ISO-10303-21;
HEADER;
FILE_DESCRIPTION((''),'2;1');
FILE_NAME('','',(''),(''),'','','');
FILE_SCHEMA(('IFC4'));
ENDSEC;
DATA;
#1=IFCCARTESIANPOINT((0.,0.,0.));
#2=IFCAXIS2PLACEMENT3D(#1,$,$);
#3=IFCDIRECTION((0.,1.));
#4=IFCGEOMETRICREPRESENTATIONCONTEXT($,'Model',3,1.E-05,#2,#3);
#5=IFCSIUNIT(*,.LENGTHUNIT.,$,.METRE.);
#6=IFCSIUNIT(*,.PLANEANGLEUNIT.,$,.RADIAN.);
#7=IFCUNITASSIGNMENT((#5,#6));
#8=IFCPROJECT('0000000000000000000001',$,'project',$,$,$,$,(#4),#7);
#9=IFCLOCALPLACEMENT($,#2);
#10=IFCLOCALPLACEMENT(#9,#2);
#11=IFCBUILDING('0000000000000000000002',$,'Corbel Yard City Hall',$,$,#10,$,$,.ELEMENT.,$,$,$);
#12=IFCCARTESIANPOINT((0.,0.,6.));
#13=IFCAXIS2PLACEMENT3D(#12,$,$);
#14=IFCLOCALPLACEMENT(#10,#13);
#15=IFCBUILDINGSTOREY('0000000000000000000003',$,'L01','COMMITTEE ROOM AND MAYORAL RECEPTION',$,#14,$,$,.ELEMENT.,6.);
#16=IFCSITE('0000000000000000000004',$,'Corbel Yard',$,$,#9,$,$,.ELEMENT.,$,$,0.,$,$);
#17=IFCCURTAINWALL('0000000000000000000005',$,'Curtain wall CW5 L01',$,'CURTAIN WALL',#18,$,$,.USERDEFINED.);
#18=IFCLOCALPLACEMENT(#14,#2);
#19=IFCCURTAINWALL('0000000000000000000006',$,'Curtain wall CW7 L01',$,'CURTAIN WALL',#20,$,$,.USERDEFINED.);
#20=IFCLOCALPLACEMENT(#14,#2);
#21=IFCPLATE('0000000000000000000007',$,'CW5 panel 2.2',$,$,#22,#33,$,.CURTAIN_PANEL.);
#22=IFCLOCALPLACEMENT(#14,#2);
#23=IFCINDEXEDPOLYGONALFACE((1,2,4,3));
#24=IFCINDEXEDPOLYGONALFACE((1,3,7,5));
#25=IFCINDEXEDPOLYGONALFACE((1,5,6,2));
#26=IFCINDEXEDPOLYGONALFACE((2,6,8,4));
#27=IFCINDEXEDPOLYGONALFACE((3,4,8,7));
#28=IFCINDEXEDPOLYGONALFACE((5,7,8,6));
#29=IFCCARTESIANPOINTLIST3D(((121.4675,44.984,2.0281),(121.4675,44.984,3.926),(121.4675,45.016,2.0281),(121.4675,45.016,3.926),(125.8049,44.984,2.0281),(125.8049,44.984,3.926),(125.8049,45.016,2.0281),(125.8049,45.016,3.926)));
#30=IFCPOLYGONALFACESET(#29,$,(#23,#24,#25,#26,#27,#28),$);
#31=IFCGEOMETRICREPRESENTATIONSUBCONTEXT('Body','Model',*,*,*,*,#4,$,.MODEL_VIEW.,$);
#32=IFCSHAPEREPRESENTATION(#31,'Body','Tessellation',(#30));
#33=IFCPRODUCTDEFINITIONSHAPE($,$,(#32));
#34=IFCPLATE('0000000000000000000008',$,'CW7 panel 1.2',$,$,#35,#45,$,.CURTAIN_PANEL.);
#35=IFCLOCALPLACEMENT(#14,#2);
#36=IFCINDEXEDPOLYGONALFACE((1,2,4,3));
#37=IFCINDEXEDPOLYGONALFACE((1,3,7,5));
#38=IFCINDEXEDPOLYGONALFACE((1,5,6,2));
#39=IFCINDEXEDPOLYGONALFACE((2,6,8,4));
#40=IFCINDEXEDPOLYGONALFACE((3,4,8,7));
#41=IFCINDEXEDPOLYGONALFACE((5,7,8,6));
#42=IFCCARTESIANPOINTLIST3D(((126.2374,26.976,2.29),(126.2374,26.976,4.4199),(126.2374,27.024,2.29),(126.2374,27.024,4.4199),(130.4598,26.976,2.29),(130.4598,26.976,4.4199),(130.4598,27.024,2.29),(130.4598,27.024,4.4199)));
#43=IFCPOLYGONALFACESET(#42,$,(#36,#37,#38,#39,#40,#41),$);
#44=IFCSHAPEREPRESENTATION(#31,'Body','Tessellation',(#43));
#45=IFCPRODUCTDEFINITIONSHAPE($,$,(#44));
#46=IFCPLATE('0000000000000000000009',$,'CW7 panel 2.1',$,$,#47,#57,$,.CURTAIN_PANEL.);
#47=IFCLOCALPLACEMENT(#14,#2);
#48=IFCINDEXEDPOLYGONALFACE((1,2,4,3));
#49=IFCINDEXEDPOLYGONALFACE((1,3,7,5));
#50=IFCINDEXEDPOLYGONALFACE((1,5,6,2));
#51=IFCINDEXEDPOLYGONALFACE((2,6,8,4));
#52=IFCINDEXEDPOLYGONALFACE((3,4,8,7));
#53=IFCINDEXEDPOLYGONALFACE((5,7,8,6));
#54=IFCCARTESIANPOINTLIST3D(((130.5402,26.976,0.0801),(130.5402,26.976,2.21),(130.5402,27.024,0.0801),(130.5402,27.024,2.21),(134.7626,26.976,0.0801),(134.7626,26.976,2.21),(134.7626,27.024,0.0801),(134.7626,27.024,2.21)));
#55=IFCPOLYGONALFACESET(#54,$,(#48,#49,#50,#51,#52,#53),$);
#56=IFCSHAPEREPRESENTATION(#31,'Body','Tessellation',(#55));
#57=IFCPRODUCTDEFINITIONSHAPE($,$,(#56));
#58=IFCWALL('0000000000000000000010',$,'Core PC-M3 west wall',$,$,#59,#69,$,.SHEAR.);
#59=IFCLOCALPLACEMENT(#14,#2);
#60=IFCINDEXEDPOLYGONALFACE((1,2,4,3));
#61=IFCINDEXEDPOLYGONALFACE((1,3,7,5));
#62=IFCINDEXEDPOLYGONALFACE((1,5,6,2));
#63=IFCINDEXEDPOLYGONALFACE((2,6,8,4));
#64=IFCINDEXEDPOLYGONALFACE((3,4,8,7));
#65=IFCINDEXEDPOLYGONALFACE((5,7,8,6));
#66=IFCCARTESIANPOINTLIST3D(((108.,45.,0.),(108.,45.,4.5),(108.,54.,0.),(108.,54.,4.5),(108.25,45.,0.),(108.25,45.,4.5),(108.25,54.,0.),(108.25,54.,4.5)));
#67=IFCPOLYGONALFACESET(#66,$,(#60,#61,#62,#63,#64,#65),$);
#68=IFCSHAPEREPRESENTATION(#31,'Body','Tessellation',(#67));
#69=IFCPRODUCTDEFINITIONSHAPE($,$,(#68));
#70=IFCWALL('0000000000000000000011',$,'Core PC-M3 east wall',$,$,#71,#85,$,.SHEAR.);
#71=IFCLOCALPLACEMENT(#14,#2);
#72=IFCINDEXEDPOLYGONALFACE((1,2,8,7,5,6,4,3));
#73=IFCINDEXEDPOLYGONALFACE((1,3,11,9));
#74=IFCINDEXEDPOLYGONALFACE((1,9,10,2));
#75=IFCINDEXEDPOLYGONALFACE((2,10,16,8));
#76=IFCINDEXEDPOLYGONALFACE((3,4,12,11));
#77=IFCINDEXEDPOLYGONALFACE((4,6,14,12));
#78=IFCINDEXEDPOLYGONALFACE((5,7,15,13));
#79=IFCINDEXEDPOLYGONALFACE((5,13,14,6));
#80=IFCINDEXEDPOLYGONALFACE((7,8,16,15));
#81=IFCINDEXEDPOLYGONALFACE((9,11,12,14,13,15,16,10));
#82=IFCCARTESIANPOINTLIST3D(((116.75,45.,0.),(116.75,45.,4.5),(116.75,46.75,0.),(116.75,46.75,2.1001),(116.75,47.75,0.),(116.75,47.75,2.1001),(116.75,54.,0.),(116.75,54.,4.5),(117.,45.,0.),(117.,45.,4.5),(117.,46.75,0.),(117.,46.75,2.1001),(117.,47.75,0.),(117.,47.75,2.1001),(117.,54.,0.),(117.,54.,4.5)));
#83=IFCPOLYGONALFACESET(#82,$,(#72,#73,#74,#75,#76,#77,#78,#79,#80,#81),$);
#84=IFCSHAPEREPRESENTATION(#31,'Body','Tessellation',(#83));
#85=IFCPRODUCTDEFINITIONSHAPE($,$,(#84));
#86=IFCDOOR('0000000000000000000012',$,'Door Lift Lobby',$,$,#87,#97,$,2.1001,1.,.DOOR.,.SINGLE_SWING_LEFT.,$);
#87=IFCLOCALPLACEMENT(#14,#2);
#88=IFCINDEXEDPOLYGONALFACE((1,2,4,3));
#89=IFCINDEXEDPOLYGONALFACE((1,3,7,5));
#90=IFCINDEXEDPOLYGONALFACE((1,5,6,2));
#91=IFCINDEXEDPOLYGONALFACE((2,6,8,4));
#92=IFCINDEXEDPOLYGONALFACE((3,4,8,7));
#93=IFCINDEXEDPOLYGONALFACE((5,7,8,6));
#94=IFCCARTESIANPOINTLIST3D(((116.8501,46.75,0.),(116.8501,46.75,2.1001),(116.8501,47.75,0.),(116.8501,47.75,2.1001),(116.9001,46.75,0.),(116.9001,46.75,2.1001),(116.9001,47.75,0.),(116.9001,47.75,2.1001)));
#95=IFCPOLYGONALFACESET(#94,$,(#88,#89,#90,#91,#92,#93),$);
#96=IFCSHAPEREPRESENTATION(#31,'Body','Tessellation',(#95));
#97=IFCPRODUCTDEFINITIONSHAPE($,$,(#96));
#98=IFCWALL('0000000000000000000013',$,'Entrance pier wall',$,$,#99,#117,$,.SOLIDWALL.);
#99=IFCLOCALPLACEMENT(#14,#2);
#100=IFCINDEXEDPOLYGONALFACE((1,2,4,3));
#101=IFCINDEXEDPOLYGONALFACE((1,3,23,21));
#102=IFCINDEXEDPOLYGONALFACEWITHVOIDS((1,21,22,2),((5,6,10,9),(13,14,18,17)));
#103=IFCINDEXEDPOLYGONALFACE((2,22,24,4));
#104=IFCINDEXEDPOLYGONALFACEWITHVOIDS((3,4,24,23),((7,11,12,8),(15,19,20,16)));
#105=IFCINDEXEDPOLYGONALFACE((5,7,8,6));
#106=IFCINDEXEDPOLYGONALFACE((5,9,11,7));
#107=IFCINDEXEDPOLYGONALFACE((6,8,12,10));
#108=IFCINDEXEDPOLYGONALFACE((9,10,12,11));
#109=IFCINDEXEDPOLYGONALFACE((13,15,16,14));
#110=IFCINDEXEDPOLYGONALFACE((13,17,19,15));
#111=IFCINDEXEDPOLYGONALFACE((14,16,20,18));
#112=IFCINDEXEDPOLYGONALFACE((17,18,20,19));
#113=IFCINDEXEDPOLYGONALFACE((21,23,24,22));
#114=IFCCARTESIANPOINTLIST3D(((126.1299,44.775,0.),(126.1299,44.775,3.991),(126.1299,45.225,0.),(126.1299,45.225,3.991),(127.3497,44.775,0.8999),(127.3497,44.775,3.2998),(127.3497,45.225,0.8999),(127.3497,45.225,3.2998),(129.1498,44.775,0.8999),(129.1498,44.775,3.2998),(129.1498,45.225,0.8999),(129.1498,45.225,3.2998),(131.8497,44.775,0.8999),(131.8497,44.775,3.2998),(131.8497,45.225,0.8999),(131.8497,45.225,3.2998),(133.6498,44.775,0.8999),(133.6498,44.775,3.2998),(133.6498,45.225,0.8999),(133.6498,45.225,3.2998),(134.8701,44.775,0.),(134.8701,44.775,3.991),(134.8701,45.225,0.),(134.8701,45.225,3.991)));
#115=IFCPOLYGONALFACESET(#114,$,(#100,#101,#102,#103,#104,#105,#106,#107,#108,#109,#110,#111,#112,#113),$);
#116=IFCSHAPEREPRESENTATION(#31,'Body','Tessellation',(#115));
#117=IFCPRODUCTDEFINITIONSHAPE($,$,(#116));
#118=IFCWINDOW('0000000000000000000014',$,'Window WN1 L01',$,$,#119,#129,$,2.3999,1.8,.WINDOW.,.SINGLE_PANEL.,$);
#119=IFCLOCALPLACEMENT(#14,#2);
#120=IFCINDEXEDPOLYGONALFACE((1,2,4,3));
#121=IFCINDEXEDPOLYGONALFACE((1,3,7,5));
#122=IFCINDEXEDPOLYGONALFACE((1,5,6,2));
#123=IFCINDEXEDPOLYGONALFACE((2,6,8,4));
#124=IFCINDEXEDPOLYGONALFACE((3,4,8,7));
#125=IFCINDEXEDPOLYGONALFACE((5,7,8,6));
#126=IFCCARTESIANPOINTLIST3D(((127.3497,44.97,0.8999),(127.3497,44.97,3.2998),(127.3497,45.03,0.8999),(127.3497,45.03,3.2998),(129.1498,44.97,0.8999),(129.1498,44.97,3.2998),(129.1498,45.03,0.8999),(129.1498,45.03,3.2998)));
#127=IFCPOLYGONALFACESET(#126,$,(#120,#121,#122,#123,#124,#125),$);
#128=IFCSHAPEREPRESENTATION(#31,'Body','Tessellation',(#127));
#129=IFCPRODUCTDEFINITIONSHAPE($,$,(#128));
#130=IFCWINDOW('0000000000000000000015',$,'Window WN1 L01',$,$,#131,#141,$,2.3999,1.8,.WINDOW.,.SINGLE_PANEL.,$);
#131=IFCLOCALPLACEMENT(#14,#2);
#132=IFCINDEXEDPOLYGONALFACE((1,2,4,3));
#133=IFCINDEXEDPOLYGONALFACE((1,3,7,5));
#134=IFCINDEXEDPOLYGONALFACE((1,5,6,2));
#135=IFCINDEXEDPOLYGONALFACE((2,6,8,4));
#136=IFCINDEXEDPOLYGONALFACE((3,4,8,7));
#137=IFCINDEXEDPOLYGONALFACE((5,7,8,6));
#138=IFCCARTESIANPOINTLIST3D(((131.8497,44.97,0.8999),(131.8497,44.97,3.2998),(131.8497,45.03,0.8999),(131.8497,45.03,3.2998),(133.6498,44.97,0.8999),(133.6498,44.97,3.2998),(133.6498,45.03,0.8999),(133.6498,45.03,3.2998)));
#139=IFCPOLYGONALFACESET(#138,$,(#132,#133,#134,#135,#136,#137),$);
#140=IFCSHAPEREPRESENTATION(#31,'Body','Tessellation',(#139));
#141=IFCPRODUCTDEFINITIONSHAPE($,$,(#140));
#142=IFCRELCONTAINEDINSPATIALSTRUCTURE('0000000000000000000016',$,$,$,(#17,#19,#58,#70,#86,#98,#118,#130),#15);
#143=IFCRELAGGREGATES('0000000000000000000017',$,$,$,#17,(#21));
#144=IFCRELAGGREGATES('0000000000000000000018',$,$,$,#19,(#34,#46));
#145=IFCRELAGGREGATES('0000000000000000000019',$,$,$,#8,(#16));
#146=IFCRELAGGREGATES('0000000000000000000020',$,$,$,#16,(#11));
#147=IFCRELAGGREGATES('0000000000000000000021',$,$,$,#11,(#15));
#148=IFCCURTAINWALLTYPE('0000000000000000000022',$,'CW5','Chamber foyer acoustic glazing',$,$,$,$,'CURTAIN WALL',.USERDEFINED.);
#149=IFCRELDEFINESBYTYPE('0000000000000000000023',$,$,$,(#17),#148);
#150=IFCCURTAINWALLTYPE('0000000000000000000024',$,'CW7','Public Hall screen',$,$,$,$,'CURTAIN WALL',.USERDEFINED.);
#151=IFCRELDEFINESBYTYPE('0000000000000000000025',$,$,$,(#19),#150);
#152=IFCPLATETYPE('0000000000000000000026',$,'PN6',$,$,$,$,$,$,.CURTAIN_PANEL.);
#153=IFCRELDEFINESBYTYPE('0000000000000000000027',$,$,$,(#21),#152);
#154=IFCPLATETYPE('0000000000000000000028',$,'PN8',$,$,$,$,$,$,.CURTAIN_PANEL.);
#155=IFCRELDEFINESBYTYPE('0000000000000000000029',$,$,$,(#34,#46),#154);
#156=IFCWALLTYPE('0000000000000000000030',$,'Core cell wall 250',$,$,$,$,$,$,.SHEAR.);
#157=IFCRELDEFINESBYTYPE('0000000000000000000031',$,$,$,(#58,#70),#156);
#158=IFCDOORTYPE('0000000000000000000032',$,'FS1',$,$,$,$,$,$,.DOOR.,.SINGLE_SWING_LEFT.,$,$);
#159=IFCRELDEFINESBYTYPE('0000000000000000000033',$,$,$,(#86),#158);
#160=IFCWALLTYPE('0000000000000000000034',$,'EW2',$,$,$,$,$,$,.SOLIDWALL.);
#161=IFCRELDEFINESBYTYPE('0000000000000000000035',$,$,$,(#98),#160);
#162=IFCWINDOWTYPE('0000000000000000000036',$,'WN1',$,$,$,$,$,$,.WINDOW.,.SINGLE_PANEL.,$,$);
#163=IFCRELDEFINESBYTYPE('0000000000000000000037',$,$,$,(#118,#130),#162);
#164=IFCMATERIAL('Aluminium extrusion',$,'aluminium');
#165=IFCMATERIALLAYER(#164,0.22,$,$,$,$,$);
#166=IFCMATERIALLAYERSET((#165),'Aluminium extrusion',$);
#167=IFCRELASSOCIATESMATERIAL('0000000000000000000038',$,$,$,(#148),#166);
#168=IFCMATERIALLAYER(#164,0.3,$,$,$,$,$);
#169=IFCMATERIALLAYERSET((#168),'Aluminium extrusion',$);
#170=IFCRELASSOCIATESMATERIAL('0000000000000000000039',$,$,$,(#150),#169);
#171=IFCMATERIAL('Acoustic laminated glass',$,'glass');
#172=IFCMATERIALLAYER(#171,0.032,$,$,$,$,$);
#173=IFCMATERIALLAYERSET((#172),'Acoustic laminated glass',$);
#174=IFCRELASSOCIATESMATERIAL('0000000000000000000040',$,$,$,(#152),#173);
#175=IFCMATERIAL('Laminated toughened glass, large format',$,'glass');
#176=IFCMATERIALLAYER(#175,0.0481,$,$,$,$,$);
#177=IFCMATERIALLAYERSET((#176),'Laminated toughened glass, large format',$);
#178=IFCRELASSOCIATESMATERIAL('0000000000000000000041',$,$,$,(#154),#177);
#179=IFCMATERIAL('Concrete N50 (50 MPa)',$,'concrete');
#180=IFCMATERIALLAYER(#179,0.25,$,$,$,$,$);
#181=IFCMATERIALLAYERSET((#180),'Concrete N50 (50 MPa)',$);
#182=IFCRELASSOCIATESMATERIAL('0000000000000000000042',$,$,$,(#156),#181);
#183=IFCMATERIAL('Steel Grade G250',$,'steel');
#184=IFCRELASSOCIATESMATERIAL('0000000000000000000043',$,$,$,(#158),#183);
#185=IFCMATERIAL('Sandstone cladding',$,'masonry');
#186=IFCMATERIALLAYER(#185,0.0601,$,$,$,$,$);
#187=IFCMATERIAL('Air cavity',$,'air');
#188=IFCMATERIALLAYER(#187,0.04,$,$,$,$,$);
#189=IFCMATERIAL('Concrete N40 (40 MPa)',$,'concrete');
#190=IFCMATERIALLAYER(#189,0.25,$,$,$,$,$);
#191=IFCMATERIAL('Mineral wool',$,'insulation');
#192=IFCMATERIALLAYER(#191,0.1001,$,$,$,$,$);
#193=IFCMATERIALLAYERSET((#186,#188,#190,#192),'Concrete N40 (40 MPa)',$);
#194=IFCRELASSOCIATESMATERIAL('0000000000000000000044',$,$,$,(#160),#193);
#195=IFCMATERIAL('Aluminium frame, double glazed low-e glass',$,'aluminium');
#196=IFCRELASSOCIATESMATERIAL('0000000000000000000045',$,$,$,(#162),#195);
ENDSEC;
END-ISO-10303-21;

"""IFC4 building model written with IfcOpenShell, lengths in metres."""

from ifc_helpers import new_model, si_unit, direction, frame, frame_2d, origin, origin_2d, place, context, subcontext, project, spatial, rectangle, extrude, material, layer, layer_set, type_object, element, fill, aggregate, save


model = new_model("IFC4")

# Units and contexts
model_context = context("Model", 3, precision=1e-05, world=origin(), true_north=direction((0.0, 1.0)))
body_context = subcontext(model_context, "Body", "Model", "MODEL_VIEW")
ifc_project = project(units=[si_unit("LENGTHUNIT", "METRE"), si_unit("PLANEANGLEUNIT", "RADIAN")], contexts=[model_context])

# Site, building, storey
site_placement = place(None, origin())
site = spatial("IfcSite", under=ifc_project, at=site_placement, Name="Corbel Yard", CompositionType="ELEMENT", RefElevation=0.0)
building_placement = place(site_placement, origin())
building = spatial("IfcBuilding", under=site, at=building_placement, Name="Corbel Yard City Hall", CompositionType="ELEMENT")
storey_placement = place(building_placement, frame((0.0, 0.0, 6.0)))
storey = spatial("IfcBuildingStorey", under=building, at=storey_placement, Name="L01", Description="COMMITTEE ROOM AND MAYORAL RECEPTION", CompositionType="ELEMENT", Elevation=6.0)

# Shared definitions
ifc_material_1 = material(Name="Aluminium extrusion", Category="aluminium")

# Curtain wall
ifc_layer_1 = layer(ifc_material_1, 0.22)
ifc_layer_set_1 = layer_set([ifc_layer_1], Name="Aluminium extrusion")
curtain_wall_type_1 = type_object("IfcCurtainWallType", Name="CW5", Description="Chamber foyer acoustic glazing", ElementType="CURTAIN WALL", PredefinedType="USERDEFINED", material=ifc_layer_set_1)
curtain_wall_1_placement = place(storey_placement, origin())
curtain_wall_1 = element("IfcCurtainWall", 1, at=curtain_wall_1_placement, inside=storey, type_object=curtain_wall_type_1, Name="Curtain wall CW5 L01", ObjectType="CURTAIN WALL", PredefinedType="USERDEFINED")

# Curtain wall
ifc_layer_2 = layer(ifc_material_1, 0.3)
ifc_layer_set_2 = layer_set([ifc_layer_2], Name="Aluminium extrusion")
curtain_wall_type_2 = type_object("IfcCurtainWallType", Name="CW7", Description="Public Hall screen", ElementType="CURTAIN WALL", PredefinedType="USERDEFINED", material=ifc_layer_set_2)
curtain_wall_2_placement = place(storey_placement, origin())
curtain_wall_2 = element("IfcCurtainWall", 2, at=curtain_wall_2_placement, inside=storey, type_object=curtain_wall_type_2, Name="Curtain wall CW7 L01", ObjectType="CURTAIN WALL", PredefinedType="USERDEFINED")

# Plates
ifc_material_2 = material(Name="Acoustic laminated glass", Category="glass")
ifc_layer_3 = layer(ifc_material_2, 0.032)
ifc_layer_set_3 = layer_set([ifc_layer_3], Name="Acoustic laminated glass")
plate_type_1 = type_object("IfcPlateType", Name="PN6", PredefinedType="CURTAIN_PANEL", material=ifc_layer_set_3)
plate_1_placement = place(storey_placement, frame((123.6362, 45.0, 2.0281), z_axis=(0.0, 0.0, 1.0), x_axis=(1.0, 0.0, 0.0)))
plate_1 = element("IfcPlate", 3, at=plate_1_placement, type_object=plate_type_1, Name="CW5 panel 2.2", PredefinedType="CURTAIN_PANEL", context=body_context, shape_type="SweptSolid", body=[
    extrude(rectangle(XDim=4.3374, YDim=0.032, at=origin_2d()), origin(), (0.0, 0.0, 1.0), 1.8979),
])
aggregate(curtain_wall_1, [plate_1])
ifc_material_3 = material(Name="Laminated toughened glass, large format", Category="glass")
ifc_layer_4 = layer(ifc_material_3, 0.0481)
ifc_layer_set_4 = layer_set([ifc_layer_4], Name="Laminated toughened glass, large format")
plate_type_2 = type_object("IfcPlateType", Name="PN8", PredefinedType="CURTAIN_PANEL", material=ifc_layer_set_4)
plate_2_placement = place(storey_placement, frame((128.3486, 27.0, 2.29), z_axis=(0.0, 0.0, 1.0), x_axis=(1.0, 0.0, 0.0)))
plate_2 = element("IfcPlate", 4, at=plate_2_placement, type_object=plate_type_2, Name="CW7 panel 1.2", PredefinedType="CURTAIN_PANEL", context=body_context, shape_type="SweptSolid", body=[
    extrude(rectangle(XDim=4.2224, YDim=0.0481, at=origin_2d()), origin(), (0.0, 0.0, 1.0), 2.1299),
])
plate_3_placement = place(storey_placement, frame((132.6514, 27.0, 0.0801), z_axis=(0.0, 0.0, 1.0), x_axis=(1.0, 0.0, 0.0)))
plate_3 = element("IfcPlate", 5, at=plate_3_placement, type_object=plate_type_2, Name="CW7 panel 2.1", PredefinedType="CURTAIN_PANEL", context=body_context, shape_type="SweptSolid", body=[
    extrude(rectangle(XDim=4.2224, YDim=0.0481, at=origin_2d()), origin(), (0.0, 0.0, 1.0), 2.1299),
])
aggregate(curtain_wall_2, [plate_2, plate_3])

# Wall
ifc_material_4 = material(Name="Concrete N50 (50 MPa)", Category="concrete")
ifc_layer_5 = layer(ifc_material_4, 0.25)
ifc_layer_set_5 = layer_set([ifc_layer_5], Name="Concrete N50 (50 MPa)")
wall_type_1 = type_object("IfcWallType", Name="Core cell wall 250", PredefinedType="SHEAR", material=ifc_layer_set_5)
wall_1_placement = place(storey_placement, frame((108.125, 45.0, 0.0), z_axis=(0.0, 0.0, 1.0), x_axis=(0.0, 1.0, 0.0)))
element("IfcWall", 6, at=wall_1_placement, inside=storey, type_object=wall_type_1, Name="Core PC-M3 west wall", PredefinedType="SHEAR", context=body_context, shape_type="SweptSolid", body=[
    extrude(rectangle(XDim=9.0, YDim=0.25, at=frame_2d((4.5, 0.0))), origin(), (0.0, 0.0, 1.0), 4.5),
])

# Wall, opening, door
wall_2_placement = place(storey_placement, frame((116.875, 45.0, 0.0), z_axis=(0.0, 0.0, 1.0), x_axis=(0.0, 1.0, 0.0)))
wall_2 = element("IfcWall", 7, at=wall_2_placement, inside=storey, type_object=wall_type_1, Name="Core PC-M3 east wall", PredefinedType="SHEAR", context=body_context, shape_type="SweptSolid", body=[
    extrude(rectangle(XDim=9.0, YDim=0.25, at=frame_2d((4.5, 0.0))), origin(), (0.0, 0.0, 1.0), 4.5),
])
opening_1_placement = place(wall_2_placement, frame((1.75, 0.0, 0.0)))
opening_1 = element("IfcOpeningElement", 8, at=opening_1_placement, cuts=wall_2, PredefinedType="OPENING", context=body_context, shape_type="SweptSolid", body=[
    extrude(rectangle(XDim=1.0, YDim=2.1001, at=frame_2d((0.5, 1.05))), frame((0.0, 0.135, 0.0), z_axis=(0.0, -1.0, 0.0), x_axis=(1.0, 0.0, 0.0)), (0.0, 0.0, 1.0), 0.27),
])
ifc_material_5 = material(Name="Steel Grade G250", Category="steel")
door_type = type_object("IfcDoorType", Name="FS1", OperationType="SINGLE_SWING_LEFT", PredefinedType="DOOR", material=ifc_material_5)
door_placement = place(opening_1_placement, origin())
door = element("IfcDoor", 9, at=door_placement, inside=storey, type_object=door_type, Name="Door Lift Lobby", OperationType="SINGLE_SWING_LEFT", OverallHeight=2.1001, OverallWidth=1.0, PredefinedType="DOOR", context=body_context, shape_type="SweptSolid", body=[
    extrude(rectangle(XDim=1.0, YDim=2.1001, at=frame_2d((0.5, 1.05))), frame((0.0, 0.0249, 0.0), z_axis=(0.0, -1.0, 0.0), x_axis=(1.0, 0.0, 0.0)), (0.0, 0.0, 1.0), 0.05),
])
fill(opening_1, door)

# Wall, openings, windows
ifc_material_6 = material(Name="Sandstone cladding", Category="masonry")
ifc_layer_6 = layer(ifc_material_6, 0.0601)
ifc_material_7 = material(Name="Air cavity", Category="air")
ifc_layer_7 = layer(ifc_material_7, 0.04)
ifc_material_8 = material(Name="Concrete N40 (40 MPa)", Category="concrete")
ifc_layer_8 = layer(ifc_material_8, 0.25)
ifc_material_9 = material(Name="Mineral wool", Category="insulation")
ifc_layer_9 = layer(ifc_material_9, 0.1001)
ifc_layer_set_6 = layer_set([ifc_layer_6, ifc_layer_7, ifc_layer_8, ifc_layer_9], Name="Concrete N40 (40 MPa)")
wall_type_2 = type_object("IfcWallType", Name="EW2", PredefinedType="SOLIDWALL", material=ifc_layer_set_6)
wall_3_placement = place(storey_placement, frame((126.1299, 45.0, 0.0), z_axis=(0.0, 0.0, 1.0), x_axis=(1.0, 0.0, 0.0)))
wall_3 = element("IfcWall", 10, at=wall_3_placement, inside=storey, type_object=wall_type_2, Name="Entrance pier wall", PredefinedType="SOLIDWALL", context=body_context, shape_type="SweptSolid", body=[
    extrude(rectangle(XDim=8.7402, YDim=0.45, at=frame_2d((4.3701, 0.0))), origin(), (0.0, 0.0, 1.0), 3.991),
])
opening_2_placement = place(wall_3_placement, frame((1.22, 0.0, 0.8999)))
opening_2 = element("IfcOpeningElement", 11, at=opening_2_placement, cuts=wall_3, PredefinedType="OPENING", context=body_context, shape_type="SweptSolid", body=[
    extrude(rectangle(XDim=1.8, YDim=2.3999, at=frame_2d((0.8999, 1.2))), frame((0.0, 0.2349, 0.0), z_axis=(0.0, -1.0, 0.0), x_axis=(1.0, 0.0, 0.0)), (0.0, 0.0, 1.0), 0.47),
])
opening_3_placement = place(wall_3_placement, frame((5.72, 0.0, 0.8999)))
opening_3 = element("IfcOpeningElement", 12, at=opening_3_placement, cuts=wall_3, PredefinedType="OPENING", context=body_context, shape_type="SweptSolid", body=[
    extrude(rectangle(XDim=1.8, YDim=2.3999, at=frame_2d((0.8999, 1.2))), frame((0.0, 0.2349, 0.0), z_axis=(0.0, -1.0, 0.0), x_axis=(1.0, 0.0, 0.0)), (0.0, 0.0, 1.0), 0.47),
])
ifc_material_10 = material(Name="Aluminium frame, double glazed low-e glass", Category="aluminium")
window_type = type_object("IfcWindowType", Name="WN1", PartitioningType="SINGLE_PANEL", PredefinedType="WINDOW", material=ifc_material_10)
window_1_placement = place(opening_2_placement, origin())
window_1 = element("IfcWindow", 13, at=window_1_placement, inside=storey, type_object=window_type, Name="Window WN1 L01", OverallHeight=2.3999, OverallWidth=1.8, PartitioningType="SINGLE_PANEL", PredefinedType="WINDOW", context=body_context, shape_type="SweptSolid", body=[
    extrude(rectangle(XDim=1.8, YDim=2.3999, at=frame_2d((0.8999, 1.2))), frame((0.0, 0.03, 0.0), z_axis=(0.0, -1.0, 0.0), x_axis=(1.0, 0.0, 0.0)), (0.0, 0.0, 1.0), 0.0601),
])
fill(opening_2, window_1)
window_2_placement = place(opening_3_placement, origin())
window_2 = element("IfcWindow", 14, at=window_2_placement, inside=storey, type_object=window_type, Name="Window WN1 L01", OverallHeight=2.3999, OverallWidth=1.8, PartitioningType="SINGLE_PANEL", PredefinedType="WINDOW", context=body_context, shape_type="SweptSolid", body=[
    extrude(rectangle(XDim=1.8, YDim=2.3999, at=frame_2d((0.8999, 1.2))), frame((0.0, 0.03, 0.0), z_axis=(0.0, -1.0, 0.0), x_axis=(1.0, 0.0, 0.0)), (0.0, 0.0, 1.0), 0.0601),
])
fill(opening_3, window_2)

save(model, "model.ifc")
